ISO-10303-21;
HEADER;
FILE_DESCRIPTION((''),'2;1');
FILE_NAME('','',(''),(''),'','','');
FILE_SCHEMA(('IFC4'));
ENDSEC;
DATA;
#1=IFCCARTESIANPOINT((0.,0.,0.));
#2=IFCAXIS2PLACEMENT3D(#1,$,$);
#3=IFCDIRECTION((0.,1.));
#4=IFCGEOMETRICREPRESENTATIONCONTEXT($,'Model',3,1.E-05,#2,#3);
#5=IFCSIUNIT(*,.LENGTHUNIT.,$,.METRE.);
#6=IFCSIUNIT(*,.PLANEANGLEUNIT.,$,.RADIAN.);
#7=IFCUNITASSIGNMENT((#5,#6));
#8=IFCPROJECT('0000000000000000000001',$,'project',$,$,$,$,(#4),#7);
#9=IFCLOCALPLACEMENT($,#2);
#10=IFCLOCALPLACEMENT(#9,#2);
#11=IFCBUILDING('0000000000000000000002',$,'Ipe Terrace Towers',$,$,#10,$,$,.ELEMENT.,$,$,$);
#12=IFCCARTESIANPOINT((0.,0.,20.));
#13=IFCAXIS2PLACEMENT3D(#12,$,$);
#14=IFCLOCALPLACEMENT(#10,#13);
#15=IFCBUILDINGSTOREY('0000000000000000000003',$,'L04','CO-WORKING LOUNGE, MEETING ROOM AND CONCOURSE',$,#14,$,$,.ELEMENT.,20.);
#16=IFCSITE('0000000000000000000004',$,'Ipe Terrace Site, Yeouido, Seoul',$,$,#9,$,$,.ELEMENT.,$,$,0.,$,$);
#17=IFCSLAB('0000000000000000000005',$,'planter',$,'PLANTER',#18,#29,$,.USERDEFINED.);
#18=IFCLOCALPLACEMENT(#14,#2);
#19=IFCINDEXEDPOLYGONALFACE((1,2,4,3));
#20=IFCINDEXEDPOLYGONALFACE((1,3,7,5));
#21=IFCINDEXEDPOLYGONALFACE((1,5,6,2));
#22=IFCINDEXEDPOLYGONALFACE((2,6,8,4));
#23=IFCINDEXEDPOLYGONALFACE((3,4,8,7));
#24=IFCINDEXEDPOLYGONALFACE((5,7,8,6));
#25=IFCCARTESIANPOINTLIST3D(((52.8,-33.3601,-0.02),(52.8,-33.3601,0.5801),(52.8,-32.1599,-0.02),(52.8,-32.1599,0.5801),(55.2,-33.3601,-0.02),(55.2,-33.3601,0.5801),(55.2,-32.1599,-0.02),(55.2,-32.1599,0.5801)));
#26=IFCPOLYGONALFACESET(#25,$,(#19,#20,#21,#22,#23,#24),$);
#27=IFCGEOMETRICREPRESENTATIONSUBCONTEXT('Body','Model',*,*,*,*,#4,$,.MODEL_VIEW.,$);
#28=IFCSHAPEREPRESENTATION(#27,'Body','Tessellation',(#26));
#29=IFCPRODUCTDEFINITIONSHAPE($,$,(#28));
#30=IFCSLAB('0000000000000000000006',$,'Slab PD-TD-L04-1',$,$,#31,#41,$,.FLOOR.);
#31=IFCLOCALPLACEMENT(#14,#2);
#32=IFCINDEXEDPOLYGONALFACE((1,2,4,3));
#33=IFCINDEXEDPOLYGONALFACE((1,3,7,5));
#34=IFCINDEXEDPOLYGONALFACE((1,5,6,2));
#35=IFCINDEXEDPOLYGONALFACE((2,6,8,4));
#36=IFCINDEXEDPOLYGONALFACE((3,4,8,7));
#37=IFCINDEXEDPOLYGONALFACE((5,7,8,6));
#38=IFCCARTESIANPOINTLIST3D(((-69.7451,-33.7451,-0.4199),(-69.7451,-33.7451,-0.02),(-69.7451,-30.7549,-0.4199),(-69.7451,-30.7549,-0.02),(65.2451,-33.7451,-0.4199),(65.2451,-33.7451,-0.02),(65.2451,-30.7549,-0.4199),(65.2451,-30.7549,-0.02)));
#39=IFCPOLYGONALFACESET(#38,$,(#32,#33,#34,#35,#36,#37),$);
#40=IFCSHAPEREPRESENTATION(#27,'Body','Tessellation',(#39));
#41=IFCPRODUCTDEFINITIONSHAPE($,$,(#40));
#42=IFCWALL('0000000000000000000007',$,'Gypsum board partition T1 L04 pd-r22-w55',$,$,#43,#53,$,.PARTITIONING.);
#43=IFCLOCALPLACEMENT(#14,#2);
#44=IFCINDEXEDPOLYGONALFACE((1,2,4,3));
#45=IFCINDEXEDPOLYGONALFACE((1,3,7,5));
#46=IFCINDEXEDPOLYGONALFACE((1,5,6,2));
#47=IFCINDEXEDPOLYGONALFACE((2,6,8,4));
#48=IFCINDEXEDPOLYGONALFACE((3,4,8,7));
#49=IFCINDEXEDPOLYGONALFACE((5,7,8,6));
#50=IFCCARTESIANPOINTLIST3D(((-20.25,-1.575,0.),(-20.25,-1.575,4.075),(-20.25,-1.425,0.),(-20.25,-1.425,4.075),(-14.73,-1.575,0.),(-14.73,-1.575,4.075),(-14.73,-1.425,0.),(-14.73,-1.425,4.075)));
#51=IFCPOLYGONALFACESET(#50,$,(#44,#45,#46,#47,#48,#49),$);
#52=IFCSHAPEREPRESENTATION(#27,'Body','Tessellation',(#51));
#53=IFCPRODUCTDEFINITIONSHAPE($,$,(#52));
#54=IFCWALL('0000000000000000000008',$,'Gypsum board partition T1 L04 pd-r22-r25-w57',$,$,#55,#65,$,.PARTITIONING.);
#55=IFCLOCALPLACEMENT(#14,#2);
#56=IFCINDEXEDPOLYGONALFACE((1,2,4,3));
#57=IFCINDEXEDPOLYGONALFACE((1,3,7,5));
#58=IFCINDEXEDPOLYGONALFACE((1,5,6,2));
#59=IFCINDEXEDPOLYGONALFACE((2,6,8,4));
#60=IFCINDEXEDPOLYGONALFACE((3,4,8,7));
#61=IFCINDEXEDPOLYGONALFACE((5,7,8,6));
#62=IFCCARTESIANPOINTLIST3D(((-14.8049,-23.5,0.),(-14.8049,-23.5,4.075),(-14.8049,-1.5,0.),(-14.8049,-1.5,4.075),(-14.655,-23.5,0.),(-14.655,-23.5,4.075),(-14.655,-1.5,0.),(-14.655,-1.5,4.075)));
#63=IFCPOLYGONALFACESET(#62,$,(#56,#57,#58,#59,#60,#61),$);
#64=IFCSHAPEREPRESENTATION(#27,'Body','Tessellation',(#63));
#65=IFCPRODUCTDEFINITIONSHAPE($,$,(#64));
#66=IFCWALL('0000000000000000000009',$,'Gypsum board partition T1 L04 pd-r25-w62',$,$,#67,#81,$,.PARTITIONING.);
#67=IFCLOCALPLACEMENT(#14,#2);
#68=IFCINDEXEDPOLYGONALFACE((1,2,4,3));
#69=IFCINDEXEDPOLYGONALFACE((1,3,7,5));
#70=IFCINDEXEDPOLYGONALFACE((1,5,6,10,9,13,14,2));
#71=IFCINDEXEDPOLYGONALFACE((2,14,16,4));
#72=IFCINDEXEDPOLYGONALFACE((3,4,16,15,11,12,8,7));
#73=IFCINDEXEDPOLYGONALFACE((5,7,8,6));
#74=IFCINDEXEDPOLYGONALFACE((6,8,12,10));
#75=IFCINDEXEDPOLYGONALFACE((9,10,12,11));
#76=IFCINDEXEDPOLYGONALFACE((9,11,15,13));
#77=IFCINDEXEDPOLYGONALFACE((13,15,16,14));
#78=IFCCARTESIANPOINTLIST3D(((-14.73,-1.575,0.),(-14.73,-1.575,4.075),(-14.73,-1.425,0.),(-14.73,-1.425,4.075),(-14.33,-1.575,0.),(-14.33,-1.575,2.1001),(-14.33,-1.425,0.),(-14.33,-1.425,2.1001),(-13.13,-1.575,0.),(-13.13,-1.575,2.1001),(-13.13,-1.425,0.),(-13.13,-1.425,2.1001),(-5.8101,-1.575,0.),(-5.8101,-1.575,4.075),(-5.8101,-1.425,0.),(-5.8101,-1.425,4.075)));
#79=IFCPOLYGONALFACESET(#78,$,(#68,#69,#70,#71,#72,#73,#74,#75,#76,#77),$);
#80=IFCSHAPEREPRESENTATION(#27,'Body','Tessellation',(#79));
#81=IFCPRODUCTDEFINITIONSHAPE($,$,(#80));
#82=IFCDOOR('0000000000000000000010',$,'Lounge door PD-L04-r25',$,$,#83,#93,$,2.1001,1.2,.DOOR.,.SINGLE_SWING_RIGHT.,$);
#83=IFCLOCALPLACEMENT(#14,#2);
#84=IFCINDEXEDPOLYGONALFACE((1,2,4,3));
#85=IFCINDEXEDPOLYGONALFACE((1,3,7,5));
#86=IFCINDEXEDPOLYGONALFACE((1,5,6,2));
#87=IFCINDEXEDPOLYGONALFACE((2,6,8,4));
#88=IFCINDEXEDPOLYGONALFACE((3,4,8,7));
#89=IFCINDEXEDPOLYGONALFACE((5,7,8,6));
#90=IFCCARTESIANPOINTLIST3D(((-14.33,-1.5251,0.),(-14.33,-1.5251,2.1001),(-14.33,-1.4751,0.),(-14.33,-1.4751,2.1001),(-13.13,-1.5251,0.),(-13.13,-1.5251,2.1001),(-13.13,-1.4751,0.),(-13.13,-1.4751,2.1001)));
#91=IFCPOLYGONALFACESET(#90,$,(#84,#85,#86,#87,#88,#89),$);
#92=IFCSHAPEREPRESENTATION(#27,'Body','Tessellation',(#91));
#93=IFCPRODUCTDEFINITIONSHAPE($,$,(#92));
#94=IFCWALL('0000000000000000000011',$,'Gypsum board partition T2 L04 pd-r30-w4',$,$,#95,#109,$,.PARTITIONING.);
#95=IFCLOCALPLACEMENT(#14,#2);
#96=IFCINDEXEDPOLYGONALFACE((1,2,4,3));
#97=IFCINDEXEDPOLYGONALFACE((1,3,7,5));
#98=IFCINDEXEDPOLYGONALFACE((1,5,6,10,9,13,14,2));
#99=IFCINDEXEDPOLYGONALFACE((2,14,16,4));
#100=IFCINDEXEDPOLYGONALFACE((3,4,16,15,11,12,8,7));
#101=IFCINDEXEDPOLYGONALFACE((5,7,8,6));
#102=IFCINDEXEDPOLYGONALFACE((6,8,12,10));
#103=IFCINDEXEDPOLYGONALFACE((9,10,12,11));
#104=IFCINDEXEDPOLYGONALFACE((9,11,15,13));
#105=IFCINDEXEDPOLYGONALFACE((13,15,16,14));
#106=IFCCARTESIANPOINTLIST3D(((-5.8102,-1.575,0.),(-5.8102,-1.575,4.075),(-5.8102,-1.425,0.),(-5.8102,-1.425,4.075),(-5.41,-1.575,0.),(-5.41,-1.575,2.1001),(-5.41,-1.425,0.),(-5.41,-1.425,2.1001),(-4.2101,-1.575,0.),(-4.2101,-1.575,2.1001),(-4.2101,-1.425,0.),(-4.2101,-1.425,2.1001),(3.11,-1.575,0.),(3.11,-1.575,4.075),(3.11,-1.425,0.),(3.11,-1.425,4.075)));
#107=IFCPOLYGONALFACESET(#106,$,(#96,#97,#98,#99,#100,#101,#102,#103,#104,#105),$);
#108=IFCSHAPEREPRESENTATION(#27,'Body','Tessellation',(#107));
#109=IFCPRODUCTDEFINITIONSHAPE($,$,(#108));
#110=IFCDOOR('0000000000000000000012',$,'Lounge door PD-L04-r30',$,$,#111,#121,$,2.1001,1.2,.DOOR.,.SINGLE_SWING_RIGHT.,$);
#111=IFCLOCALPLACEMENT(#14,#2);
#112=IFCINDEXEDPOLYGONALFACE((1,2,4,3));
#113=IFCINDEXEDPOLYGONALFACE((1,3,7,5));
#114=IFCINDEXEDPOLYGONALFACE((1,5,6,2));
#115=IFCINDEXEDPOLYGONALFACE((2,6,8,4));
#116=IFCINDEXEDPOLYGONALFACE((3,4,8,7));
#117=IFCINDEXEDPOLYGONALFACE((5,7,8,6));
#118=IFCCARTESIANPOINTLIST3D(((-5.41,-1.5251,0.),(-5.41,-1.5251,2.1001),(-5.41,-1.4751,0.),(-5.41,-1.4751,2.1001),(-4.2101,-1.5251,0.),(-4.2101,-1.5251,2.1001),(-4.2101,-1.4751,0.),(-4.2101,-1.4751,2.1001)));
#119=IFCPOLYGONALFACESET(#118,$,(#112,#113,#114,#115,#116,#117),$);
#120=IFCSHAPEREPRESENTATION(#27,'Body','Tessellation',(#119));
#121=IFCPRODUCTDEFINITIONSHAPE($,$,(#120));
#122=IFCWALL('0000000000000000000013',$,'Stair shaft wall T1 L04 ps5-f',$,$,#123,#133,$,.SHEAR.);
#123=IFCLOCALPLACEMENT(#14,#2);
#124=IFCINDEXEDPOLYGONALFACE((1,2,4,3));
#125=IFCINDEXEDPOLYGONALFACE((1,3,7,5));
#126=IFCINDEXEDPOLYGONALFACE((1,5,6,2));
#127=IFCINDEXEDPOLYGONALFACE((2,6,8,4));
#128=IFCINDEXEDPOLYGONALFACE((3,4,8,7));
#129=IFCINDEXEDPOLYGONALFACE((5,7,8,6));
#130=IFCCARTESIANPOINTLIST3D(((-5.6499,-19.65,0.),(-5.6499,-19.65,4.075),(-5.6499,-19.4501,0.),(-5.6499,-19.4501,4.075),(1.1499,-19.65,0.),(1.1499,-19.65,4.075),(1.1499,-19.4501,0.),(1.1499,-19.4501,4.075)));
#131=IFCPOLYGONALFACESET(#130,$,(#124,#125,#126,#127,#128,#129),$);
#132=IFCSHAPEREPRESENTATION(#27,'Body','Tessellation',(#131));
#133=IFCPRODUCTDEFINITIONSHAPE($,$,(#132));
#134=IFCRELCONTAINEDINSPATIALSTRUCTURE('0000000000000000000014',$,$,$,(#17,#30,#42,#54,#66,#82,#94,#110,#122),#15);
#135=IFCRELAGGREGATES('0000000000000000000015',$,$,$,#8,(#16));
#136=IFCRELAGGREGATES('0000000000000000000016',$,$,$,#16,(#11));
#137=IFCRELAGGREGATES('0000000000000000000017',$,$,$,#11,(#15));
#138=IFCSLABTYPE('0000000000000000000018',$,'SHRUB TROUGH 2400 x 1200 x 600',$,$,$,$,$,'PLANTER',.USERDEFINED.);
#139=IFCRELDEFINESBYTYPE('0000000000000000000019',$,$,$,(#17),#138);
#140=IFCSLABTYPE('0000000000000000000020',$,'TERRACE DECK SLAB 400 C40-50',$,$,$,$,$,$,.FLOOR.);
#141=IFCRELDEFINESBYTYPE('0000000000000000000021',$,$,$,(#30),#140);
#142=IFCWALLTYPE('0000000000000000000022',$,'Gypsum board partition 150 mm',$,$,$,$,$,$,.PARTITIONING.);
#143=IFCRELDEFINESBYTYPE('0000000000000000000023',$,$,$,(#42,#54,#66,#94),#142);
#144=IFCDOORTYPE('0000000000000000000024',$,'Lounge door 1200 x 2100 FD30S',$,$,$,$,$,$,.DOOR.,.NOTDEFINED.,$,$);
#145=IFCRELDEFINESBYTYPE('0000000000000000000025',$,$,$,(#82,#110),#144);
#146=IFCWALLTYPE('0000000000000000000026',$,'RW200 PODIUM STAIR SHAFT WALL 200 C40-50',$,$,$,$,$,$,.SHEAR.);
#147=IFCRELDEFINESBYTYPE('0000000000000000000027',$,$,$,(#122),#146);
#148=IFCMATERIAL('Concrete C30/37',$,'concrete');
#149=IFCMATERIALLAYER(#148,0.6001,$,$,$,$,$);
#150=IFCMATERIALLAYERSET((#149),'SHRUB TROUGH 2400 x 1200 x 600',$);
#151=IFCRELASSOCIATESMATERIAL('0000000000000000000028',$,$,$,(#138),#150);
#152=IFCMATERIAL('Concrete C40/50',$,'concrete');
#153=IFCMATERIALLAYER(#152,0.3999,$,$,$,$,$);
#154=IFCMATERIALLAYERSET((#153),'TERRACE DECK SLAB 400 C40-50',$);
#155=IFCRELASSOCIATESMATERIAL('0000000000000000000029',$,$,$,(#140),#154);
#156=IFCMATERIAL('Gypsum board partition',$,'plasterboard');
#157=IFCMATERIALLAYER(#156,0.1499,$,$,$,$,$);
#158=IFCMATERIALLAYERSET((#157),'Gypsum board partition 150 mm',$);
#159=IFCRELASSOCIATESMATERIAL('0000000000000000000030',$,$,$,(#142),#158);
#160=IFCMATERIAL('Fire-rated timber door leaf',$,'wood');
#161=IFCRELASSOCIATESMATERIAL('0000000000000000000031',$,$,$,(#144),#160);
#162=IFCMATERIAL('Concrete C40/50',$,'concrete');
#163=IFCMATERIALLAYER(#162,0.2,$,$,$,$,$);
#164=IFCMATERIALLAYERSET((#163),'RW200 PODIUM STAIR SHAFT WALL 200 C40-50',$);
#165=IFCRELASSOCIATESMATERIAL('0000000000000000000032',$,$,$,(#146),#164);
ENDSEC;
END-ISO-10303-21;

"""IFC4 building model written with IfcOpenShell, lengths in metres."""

from ifc_helpers import new_model, si_unit, direction, frame, frame_2d, origin, place, context, subcontext, project, spatial, polyline, rectangle, outline, extrude, material, layer, layer_set, type_object, element, fill, save


model = new_model("IFC4")

# Units and contexts
model_context = context("Model", 3, precision=1e-05, world=origin(), true_north=direction((0.0, 1.0)))
body_context = subcontext(model_context, "Body", "Model", "MODEL_VIEW")
ifc_project = project(units=[si_unit("LENGTHUNIT", "METRE"), si_unit("PLANEANGLEUNIT", "RADIAN")], contexts=[model_context])

# Site, building, storey
site_placement = place(None, origin())
site = spatial("IfcSite", under=ifc_project, at=site_placement, Name="Ipe Terrace Site, Yeouido, Seoul", CompositionType="ELEMENT", RefElevation=0.0)
building_placement = place(site_placement, origin())
building = spatial("IfcBuilding", under=site, at=building_placement, Name="Ipe Terrace Towers", CompositionType="ELEMENT")
storey_placement = place(building_placement, frame((0.0, 0.0, 20.0)))
storey = spatial("IfcBuildingStorey", under=building, at=storey_placement, Name="L04", Description="CO-WORKING LOUNGE, MEETING ROOM AND CONCOURSE", CompositionType="ELEMENT", Elevation=20.0)

# Slabs
ifc_material_1 = material(Name="Concrete C30/37", Category="concrete")
ifc_layer_1 = layer(ifc_material_1, 0.6001)
ifc_layer_set_1 = layer_set([ifc_layer_1], Name="SHRUB TROUGH 2400 x 1200 x 600")
slab_type_1 = type_object("IfcSlabType", Name="SHRUB TROUGH 2400 x 1200 x 600", ElementType="PLANTER", PredefinedType="USERDEFINED", material=ifc_layer_set_1)
slab_1_placement = place(storey_placement, frame((0.0, 0.0, -0.02)))
element("IfcSlab", 1, at=slab_1_placement, inside=storey, type_object=slab_type_1, Name="planter", ObjectType="PLANTER", PredefinedType="USERDEFINED", context=body_context, shape_type="SweptSolid", body=[
    extrude(outline(polyline([(52.8, -33.3601), (55.2, -33.3601), (55.2, -32.1599), (52.8, -32.1599), (52.8, -33.3601)])), origin(), (0.0, 0.0, 1.0), 0.6001),
])
ifc_material_2 = material(Name="Concrete C40/50", Category="concrete")
ifc_layer_2 = layer(ifc_material_2, 0.3999)
ifc_layer_set_2 = layer_set([ifc_layer_2], Name="TERRACE DECK SLAB 400 C40-50")
slab_type_2 = type_object("IfcSlabType", Name="TERRACE DECK SLAB 400 C40-50", PredefinedType="FLOOR", material=ifc_layer_set_2)
slab_2_placement = place(storey_placement, frame((0.0, 0.0, -0.4199)))
element("IfcSlab", 2, at=slab_2_placement, inside=storey, type_object=slab_type_2, Name="Slab PD-TD-L04-1", PredefinedType="FLOOR", context=body_context, shape_type="SweptSolid", body=[
    extrude(outline(polyline([(65.2451, -33.7451), (-69.7451, -33.7451), (-69.7451, -30.7549), (65.2451, -30.7549), (65.2451, -33.7451)])), origin(), (0.0, 0.0, 1.0), 0.3999),
])

# Walls
ifc_material_3 = material(Name="Gypsum board partition", Category="plasterboard")
ifc_layer_3 = layer(ifc_material_3, 0.1499)
ifc_layer_set_3 = layer_set([ifc_layer_3], Name="Gypsum board partition 150 mm")
wall_type_1 = type_object("IfcWallType", Name="Gypsum board partition 150 mm", PredefinedType="PARTITIONING", material=ifc_layer_set_3)
wall_1_placement = place(storey_placement, frame((-20.25, -1.5, 0.0), z_axis=(0.0, 0.0, 1.0), x_axis=(1.0, 0.0, 0.0)))
element("IfcWall", 3, at=wall_1_placement, inside=storey, type_object=wall_type_1, Name="Gypsum board partition T1 L04 pd-r22-w55", PredefinedType="PARTITIONING", context=body_context, shape_type="SweptSolid", body=[
    extrude(rectangle(XDim=5.52, YDim=0.1499, at=frame_2d((2.76, 0.0))), origin(), (0.0, 0.0, 1.0), 4.075),
])
wall_2_placement = place(storey_placement, frame((-14.73, -1.5, 0.0), z_axis=(0.0, 0.0, 1.0), x_axis=(0.0, -1.0, 0.0)))
element("IfcWall", 4, at=wall_2_placement, inside=storey, type_object=wall_type_1, Name="Gypsum board partition T1 L04 pd-r22-r25-w57", PredefinedType="PARTITIONING", context=body_context, shape_type="SweptSolid", body=[
    extrude(rectangle(XDim=22.0, YDim=0.1499, at=frame_2d((11.0, 0.0))), origin(), (0.0, 0.0, 1.0), 4.075),
])

# Walls, openings, doors
wall_3_placement = place(storey_placement, frame((-14.73, -1.5, 0.0), z_axis=(0.0, 0.0, 1.0), x_axis=(1.0, 0.0, 0.0)))
wall_3 = element("IfcWall", 5, at=wall_3_placement, inside=storey, type_object=wall_type_1, Name="Gypsum board partition T1 L04 pd-r25-w62", PredefinedType="PARTITIONING", context=body_context, shape_type="SweptSolid", body=[
    extrude(rectangle(XDim=8.9199, YDim=0.1499, at=frame_2d((4.46, 0.0))), origin(), (0.0, 0.0, 1.0), 4.075),
])
opening_1_placement = place(wall_3_placement, frame((0.3999, 0.0, 0.0)))
opening_1 = element("IfcOpeningElement", 6, at=opening_1_placement, cuts=wall_3, PredefinedType="OPENING", context=body_context, shape_type="SweptSolid", body=[
    extrude(rectangle(XDim=1.2, YDim=2.1001, at=frame_2d((0.6001, 1.05))), frame((0.0, 0.085, 0.0), z_axis=(0.0, -1.0, 0.0), x_axis=(1.0, 0.0, 0.0)), (0.0, 0.0, 1.0), 0.1699),
])
ifc_material_4 = material(Name="Fire-rated timber door leaf", Category="wood")
door_type = type_object("IfcDoorType", Name="Lounge door 1200 x 2100 FD30S", OperationType="NOTDEFINED", PredefinedType="DOOR", material=ifc_material_4)
door_1_placement = place(opening_1_placement, origin())
door_1 = element("IfcDoor", 7, at=door_1_placement, inside=storey, type_object=door_type, Name="Lounge door PD-L04-r25", OperationType="SINGLE_SWING_RIGHT", OverallHeight=2.1001, OverallWidth=1.2, PredefinedType="DOOR", context=body_context, shape_type="SweptSolid", body=[
    extrude(rectangle(XDim=1.2, YDim=2.1001, at=frame_2d((0.6001, 1.05))), frame((0.0, 0.0249, 0.0), z_axis=(0.0, -1.0, 0.0), x_axis=(1.0, 0.0, 0.0)), (0.0, 0.0, 1.0), 0.05),
])
fill(opening_1, door_1)
wall_4_placement = place(storey_placement, frame((-5.8101, -1.5, 0.0), z_axis=(0.0, 0.0, 1.0), x_axis=(1.0, 0.0, 0.0)))
wall_4 = element("IfcWall", 8, at=wall_4_placement, inside=storey, type_object=wall_type_1, Name="Gypsum board partition T2 L04 pd-r30-w4", PredefinedType="PARTITIONING", context=body_context, shape_type="SweptSolid", body=[
    extrude(rectangle(XDim=8.9202, YDim=0.1499, at=frame_2d((4.46, 0.0))), origin(), (0.0, 0.0, 1.0), 4.075),
])
opening_2_placement = place(wall_4_placement, frame((0.3999, 0.0, 0.0)))
opening_2 = element("IfcOpeningElement", 9, at=opening_2_placement, cuts=wall_4, PredefinedType="OPENING", context=body_context, shape_type="SweptSolid", body=[
    extrude(rectangle(XDim=1.2, YDim=2.1001, at=frame_2d((0.6001, 1.05))), frame((0.0, 0.085, 0.0), z_axis=(0.0, -1.0, 0.0), x_axis=(1.0, 0.0, 0.0)), (0.0, 0.0, 1.0), 0.1699),
])
door_2_placement = place(opening_2_placement, origin())
door_2 = element("IfcDoor", 10, at=door_2_placement, inside=storey, type_object=door_type, Name="Lounge door PD-L04-r30", OperationType="SINGLE_SWING_RIGHT", OverallHeight=2.1001, OverallWidth=1.2, PredefinedType="DOOR", context=body_context, shape_type="SweptSolid", body=[
    extrude(rectangle(XDim=1.2, YDim=2.1001, at=frame_2d((0.6001, 1.05))), frame((0.0, 0.0249, 0.0), z_axis=(0.0, -1.0, 0.0), x_axis=(1.0, 0.0, 0.0)), (0.0, 0.0, 1.0), 0.05),
])
fill(opening_2, door_2)

# Wall
ifc_material_5 = material(Name="Concrete C40/50", Category="concrete")
ifc_layer_4 = layer(ifc_material_5, 0.2)
ifc_layer_set_4 = layer_set([ifc_layer_4], Name="RW200 PODIUM STAIR SHAFT WALL 200 C40-50")
wall_type_2 = type_object("IfcWallType", Name="RW200 PODIUM STAIR SHAFT WALL 200 C40-50", PredefinedType="SHEAR", material=ifc_layer_set_4)
wall_5_placement = place(storey_placement, frame((-5.6499, -19.55, 0.0), z_axis=(0.0, 0.0, 1.0), x_axis=(1.0, 0.0, 0.0)))
element("IfcWall", 11, at=wall_5_placement, inside=storey, type_object=wall_type_2, Name="Stair shaft wall T1 L04 ps5-f", PredefinedType="SHEAR", context=body_context, shape_type="SweptSolid", body=[
    extrude(rectangle(XDim=6.7998, YDim=0.2, at=frame_2d((3.3999, 0.0))), origin(), (0.0, 0.0, 1.0), 4.075),
])

save(model, "model.ifc")
